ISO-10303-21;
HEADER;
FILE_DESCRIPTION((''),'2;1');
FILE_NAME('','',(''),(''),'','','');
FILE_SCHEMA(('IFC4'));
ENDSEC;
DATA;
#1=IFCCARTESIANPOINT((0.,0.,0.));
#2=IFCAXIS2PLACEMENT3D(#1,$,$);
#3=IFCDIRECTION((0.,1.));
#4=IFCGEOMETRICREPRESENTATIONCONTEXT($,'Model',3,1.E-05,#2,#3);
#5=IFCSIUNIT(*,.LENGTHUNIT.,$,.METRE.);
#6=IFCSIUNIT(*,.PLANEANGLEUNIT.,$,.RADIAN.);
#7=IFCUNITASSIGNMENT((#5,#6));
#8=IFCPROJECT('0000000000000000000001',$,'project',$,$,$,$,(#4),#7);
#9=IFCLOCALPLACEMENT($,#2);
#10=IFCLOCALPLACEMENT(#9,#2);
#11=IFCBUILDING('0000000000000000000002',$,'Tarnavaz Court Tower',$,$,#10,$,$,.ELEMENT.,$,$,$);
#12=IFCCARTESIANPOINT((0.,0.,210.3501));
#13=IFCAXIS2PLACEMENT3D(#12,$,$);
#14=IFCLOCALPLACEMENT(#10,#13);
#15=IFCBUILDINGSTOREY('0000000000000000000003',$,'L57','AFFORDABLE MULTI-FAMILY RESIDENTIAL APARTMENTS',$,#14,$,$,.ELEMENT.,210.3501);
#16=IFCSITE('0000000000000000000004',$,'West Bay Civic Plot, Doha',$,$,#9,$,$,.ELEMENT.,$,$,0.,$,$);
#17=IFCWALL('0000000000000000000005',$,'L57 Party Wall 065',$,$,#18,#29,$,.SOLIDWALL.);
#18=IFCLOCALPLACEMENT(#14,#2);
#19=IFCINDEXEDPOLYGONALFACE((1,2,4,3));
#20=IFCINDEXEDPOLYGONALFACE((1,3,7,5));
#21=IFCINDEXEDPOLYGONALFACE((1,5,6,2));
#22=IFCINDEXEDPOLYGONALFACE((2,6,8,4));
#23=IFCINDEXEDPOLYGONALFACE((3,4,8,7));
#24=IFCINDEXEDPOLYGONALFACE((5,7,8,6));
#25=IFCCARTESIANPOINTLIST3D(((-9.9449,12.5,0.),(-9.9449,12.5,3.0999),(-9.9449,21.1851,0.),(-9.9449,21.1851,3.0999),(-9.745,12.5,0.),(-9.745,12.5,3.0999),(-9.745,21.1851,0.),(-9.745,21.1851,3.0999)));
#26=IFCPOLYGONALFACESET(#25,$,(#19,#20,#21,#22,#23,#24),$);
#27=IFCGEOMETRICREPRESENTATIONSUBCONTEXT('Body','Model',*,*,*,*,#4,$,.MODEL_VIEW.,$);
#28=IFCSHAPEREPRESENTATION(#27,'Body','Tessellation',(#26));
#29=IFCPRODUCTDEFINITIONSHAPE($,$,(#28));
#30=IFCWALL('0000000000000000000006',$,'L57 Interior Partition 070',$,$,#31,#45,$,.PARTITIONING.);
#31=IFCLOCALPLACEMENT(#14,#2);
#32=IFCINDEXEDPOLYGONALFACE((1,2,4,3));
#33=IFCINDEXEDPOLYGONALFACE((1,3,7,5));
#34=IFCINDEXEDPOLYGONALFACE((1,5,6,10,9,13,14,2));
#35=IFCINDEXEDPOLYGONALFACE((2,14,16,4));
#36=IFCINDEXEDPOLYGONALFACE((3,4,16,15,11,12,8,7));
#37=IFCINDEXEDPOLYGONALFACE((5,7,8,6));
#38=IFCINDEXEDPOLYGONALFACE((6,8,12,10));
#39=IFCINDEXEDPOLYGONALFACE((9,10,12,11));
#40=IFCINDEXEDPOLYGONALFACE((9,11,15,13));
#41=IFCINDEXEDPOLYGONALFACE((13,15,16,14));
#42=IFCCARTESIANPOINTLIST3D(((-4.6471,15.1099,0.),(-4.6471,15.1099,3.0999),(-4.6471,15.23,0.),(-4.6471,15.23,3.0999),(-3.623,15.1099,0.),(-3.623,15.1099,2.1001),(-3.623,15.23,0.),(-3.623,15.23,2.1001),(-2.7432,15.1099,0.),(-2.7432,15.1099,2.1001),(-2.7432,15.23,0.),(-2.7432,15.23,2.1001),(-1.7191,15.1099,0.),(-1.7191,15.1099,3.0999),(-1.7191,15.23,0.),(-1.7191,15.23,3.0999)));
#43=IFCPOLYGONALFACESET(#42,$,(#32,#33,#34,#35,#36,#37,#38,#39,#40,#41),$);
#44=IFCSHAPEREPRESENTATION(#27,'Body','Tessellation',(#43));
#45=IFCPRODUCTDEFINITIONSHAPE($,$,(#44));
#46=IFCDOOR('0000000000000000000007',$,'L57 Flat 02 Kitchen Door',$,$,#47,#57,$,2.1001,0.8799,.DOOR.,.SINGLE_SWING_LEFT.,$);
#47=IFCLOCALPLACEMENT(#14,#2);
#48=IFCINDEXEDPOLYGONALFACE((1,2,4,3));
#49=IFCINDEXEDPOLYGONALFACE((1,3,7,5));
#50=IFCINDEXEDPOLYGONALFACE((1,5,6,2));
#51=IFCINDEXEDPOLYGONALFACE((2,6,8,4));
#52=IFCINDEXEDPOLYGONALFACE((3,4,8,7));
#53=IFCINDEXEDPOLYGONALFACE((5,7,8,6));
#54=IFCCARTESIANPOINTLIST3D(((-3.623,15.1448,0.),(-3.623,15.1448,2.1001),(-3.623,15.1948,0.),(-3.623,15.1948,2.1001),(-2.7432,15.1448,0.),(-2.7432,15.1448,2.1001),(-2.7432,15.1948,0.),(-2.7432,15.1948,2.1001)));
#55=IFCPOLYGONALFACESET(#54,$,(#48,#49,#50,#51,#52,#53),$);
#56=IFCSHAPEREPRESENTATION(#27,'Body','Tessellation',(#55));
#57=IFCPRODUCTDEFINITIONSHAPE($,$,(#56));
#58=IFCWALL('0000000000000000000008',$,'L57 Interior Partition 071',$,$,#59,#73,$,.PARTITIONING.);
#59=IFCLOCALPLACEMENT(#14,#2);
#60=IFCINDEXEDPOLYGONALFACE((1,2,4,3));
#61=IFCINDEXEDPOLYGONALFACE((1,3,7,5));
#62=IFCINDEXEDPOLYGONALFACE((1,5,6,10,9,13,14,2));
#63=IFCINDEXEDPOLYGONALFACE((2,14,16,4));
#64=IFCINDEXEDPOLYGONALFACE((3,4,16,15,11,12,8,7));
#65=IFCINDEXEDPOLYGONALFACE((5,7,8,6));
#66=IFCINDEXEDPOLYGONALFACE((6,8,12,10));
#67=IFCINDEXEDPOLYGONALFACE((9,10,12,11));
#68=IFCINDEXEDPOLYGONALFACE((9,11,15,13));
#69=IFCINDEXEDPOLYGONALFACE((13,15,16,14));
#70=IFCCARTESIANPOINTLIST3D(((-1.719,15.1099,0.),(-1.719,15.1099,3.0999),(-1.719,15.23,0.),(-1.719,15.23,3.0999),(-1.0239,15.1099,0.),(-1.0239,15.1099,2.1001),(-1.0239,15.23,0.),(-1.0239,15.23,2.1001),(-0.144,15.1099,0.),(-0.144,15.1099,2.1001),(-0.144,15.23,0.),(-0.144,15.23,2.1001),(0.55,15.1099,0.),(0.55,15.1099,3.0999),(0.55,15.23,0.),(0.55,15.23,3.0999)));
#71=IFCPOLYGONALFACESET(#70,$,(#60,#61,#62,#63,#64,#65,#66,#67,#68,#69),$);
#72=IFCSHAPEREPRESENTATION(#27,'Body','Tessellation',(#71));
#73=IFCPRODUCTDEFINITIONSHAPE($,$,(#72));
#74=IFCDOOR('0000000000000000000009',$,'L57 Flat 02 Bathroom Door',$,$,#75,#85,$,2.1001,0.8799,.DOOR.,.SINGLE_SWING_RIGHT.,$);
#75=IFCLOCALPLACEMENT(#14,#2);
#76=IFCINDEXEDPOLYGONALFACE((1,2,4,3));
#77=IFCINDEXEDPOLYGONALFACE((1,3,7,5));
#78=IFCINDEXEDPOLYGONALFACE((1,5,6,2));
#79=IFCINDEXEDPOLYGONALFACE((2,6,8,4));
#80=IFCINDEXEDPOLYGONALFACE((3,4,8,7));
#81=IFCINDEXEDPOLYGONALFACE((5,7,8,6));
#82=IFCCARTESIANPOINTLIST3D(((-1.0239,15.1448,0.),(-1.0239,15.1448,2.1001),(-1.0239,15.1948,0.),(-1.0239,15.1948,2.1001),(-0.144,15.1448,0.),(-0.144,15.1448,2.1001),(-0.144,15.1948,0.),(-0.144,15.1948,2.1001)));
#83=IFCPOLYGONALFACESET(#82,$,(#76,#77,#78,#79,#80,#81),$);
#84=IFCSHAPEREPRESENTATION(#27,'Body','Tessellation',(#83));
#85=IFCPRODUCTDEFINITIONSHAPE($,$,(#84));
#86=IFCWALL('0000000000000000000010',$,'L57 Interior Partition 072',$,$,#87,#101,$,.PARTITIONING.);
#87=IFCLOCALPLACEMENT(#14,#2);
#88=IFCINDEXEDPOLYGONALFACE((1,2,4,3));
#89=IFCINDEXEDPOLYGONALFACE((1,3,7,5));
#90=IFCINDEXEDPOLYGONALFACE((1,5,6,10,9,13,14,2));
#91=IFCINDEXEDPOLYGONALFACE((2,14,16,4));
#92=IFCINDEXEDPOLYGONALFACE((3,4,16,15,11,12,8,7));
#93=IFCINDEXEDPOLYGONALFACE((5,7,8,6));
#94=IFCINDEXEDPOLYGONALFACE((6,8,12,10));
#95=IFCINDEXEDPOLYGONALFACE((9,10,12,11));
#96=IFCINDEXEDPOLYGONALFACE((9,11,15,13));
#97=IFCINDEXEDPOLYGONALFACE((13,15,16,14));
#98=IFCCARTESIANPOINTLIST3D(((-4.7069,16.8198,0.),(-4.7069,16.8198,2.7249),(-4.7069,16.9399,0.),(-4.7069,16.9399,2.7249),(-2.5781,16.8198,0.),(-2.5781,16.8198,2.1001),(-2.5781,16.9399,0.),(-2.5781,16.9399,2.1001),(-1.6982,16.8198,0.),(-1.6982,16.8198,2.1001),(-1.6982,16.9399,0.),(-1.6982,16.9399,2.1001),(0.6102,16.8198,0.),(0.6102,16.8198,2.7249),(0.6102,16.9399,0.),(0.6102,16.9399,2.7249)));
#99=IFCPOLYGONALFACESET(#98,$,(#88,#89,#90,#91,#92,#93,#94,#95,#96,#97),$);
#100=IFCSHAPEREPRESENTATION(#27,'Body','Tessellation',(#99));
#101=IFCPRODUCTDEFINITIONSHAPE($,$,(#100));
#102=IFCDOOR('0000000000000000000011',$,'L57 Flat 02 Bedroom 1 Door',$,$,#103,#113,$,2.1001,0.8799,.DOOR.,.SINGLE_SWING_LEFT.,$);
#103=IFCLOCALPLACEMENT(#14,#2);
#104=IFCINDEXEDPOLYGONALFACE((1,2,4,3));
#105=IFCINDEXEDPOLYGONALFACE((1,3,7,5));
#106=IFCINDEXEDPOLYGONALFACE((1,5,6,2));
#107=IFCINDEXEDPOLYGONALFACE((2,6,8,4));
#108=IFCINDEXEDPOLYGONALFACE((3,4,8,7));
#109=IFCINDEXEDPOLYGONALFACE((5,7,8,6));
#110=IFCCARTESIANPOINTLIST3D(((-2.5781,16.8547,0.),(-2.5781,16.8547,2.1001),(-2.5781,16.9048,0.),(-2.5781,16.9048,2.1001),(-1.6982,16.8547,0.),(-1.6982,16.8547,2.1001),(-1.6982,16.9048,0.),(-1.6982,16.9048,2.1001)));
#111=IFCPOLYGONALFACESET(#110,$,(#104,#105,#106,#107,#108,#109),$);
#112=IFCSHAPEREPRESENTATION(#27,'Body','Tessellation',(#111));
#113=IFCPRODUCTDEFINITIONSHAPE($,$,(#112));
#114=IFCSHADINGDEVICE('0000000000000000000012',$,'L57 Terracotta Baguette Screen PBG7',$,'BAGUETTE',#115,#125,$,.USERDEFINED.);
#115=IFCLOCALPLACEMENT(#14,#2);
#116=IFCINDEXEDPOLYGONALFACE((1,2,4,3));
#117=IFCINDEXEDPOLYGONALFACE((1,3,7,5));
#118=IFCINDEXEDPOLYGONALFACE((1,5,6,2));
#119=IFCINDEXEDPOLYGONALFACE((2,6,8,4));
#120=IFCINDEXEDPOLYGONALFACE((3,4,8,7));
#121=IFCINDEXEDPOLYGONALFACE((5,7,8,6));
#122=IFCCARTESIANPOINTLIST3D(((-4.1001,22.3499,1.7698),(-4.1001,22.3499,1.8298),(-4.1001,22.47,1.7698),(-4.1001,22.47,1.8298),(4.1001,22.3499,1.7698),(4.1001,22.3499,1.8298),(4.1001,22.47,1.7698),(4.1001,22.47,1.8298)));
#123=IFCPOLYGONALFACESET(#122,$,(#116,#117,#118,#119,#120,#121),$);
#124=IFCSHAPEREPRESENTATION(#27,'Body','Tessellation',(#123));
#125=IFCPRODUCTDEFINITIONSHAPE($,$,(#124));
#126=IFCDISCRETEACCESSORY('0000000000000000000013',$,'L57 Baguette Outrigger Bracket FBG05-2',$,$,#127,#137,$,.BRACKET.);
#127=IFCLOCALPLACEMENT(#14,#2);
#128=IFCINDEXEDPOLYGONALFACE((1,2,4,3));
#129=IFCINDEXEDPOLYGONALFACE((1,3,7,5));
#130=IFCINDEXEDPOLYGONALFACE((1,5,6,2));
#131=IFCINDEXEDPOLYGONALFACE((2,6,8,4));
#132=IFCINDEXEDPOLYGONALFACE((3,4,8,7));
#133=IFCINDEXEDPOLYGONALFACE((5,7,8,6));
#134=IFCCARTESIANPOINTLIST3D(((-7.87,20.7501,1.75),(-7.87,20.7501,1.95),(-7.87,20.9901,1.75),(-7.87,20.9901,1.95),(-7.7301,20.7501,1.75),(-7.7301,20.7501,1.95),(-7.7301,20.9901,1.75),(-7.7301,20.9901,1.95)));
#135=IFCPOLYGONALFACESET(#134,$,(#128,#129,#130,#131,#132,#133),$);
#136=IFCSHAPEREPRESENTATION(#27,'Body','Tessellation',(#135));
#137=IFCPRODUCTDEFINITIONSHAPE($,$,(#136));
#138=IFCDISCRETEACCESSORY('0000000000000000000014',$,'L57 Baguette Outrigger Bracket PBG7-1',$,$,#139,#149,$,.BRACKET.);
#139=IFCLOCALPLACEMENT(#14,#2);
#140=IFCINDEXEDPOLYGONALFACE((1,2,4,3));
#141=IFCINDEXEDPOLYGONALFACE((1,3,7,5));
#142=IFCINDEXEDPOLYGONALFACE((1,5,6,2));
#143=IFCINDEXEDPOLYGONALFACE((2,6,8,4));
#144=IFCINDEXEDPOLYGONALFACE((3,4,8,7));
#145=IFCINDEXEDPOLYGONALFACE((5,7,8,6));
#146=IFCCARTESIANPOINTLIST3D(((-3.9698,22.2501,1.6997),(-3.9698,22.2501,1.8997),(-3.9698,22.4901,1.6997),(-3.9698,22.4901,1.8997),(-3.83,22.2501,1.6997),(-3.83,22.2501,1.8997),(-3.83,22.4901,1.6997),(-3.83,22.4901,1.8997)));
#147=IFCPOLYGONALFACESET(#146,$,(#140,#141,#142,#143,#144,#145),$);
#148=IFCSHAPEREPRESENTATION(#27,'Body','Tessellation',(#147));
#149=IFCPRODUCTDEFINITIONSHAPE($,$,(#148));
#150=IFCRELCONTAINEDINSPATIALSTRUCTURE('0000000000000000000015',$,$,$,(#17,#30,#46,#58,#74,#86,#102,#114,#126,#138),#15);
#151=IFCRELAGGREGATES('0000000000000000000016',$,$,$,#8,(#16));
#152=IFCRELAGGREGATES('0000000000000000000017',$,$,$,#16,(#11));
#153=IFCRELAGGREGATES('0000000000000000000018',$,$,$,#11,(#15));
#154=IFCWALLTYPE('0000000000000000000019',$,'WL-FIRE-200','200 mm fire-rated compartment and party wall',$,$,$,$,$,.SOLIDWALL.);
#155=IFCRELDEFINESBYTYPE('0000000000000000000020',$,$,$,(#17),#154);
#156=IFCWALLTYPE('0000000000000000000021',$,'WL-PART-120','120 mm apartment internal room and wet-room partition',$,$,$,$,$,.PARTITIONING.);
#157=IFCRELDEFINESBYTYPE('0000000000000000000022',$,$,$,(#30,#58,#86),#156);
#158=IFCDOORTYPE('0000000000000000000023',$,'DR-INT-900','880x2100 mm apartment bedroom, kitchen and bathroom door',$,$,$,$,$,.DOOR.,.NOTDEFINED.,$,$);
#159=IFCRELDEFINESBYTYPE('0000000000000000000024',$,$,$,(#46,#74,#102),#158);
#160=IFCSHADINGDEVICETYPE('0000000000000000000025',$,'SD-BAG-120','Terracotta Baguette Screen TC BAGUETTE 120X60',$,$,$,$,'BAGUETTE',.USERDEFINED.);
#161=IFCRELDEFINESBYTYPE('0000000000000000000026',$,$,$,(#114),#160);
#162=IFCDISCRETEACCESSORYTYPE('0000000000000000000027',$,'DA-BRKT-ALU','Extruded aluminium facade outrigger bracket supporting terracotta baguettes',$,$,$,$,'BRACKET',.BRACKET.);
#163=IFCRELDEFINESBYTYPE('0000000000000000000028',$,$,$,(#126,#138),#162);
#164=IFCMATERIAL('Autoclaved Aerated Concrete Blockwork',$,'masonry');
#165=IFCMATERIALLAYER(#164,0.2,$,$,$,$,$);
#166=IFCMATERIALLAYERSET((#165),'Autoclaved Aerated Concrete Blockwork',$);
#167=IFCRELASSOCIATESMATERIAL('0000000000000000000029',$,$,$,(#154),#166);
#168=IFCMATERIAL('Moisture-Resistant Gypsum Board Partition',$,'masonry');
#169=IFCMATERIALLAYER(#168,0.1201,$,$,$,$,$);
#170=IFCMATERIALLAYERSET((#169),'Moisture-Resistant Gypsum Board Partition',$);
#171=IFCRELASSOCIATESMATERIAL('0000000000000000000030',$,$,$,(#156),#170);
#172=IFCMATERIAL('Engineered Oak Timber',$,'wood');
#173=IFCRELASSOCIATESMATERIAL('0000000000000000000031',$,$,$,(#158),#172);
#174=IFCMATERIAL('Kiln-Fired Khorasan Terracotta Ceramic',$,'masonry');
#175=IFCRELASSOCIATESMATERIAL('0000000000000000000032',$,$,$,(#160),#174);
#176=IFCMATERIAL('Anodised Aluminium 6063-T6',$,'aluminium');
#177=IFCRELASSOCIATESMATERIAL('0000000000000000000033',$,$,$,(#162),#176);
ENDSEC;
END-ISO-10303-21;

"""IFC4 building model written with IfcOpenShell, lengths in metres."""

from ifc_helpers import new_model, si_unit, direction, frame, frame_2d, origin, origin_2d, place, context, subcontext, project, spatial, rectangle, extrude, material, layer, layer_set, material_profile, profile_set, type_object, element, fill, save


model = new_model("IFC4")

# Units and contexts
model_context = context("Model", 3, precision=1e-05, world=origin(), true_north=direction((0.0, 1.0)))
body_context = subcontext(model_context, "Body", "Model", "MODEL_VIEW")
ifc_project = project(units=[si_unit("LENGTHUNIT", "METRE"), si_unit("PLANEANGLEUNIT", "RADIAN")], contexts=[model_context])

# Site, building, storey
site_placement = place(None, origin())
site = spatial("IfcSite", under=ifc_project, at=site_placement, Name="West Bay Civic Plot, Doha", CompositionType="ELEMENT", RefElevation=0.0)
building_placement = place(site_placement, origin())
building = spatial("IfcBuilding", under=site, at=building_placement, Name="Tarnavaz Court Tower", CompositionType="ELEMENT")
storey_placement = place(building_placement, frame((0.0, 0.0, 210.3501)))
storey = spatial("IfcBuildingStorey", under=building, at=storey_placement, Name="L57", Description="AFFORDABLE MULTI-FAMILY RESIDENTIAL APARTMENTS", CompositionType="ELEMENT", Elevation=210.3501)

# Shared definitions
ifc_material_1 = material(Name="Anodised Aluminium 6063-T6", Category="aluminium")

# Wall
ifc_material_2 = material(Name="Autoclaved Aerated Concrete Blockwork", Category="masonry")
ifc_layer_1 = layer(ifc_material_2, 0.2)
ifc_layer_set_1 = layer_set([ifc_layer_1], Name="Autoclaved Aerated Concrete Blockwork")
wall_type_1 = type_object("IfcWallType", Name="WL-FIRE-200", Description="200 mm fire-rated compartment and party wall", PredefinedType="SOLIDWALL", material=ifc_layer_set_1)
wall_1_placement = place(storey_placement, frame((-9.845, 12.5, 0.0), z_axis=(0.0, 0.0, 1.0), x_axis=(0.0, 1.0, 0.0)))
element("IfcWall", 1, at=wall_1_placement, inside=storey, type_object=wall_type_1, Name="L57 Party Wall 065", PredefinedType="SOLIDWALL", context=body_context, shape_type="SweptSolid", body=[
    extrude(rectangle(XDim=8.6851, YDim=0.2, at=frame_2d((4.3425, 0.0))), origin(), (0.0, 0.0, 1.0), 3.0999),
])

# Walls, openings, doors
ifc_material_3 = material(Name="Moisture-Resistant Gypsum Board Partition", Category="masonry")
ifc_layer_2 = layer(ifc_material_3, 0.1201)
ifc_layer_set_2 = layer_set([ifc_layer_2], Name="Moisture-Resistant Gypsum Board Partition")
wall_type_2 = type_object("IfcWallType", Name="WL-PART-120", Description="120 mm apartment internal room and wet-room partition", PredefinedType="PARTITIONING", material=ifc_layer_set_2)
wall_2_placement = place(storey_placement, frame((-4.647, 15.1699, 0.0), z_axis=(0.0, 0.0, 1.0), x_axis=(1.0, 0.0, 0.0)))
wall_2 = element("IfcWall", 2, at=wall_2_placement, inside=storey, type_object=wall_type_2, Name="L57 Interior Partition 070", PredefinedType="PARTITIONING", context=body_context, shape_type="SweptSolid", body=[
    extrude(rectangle(XDim=2.928, YDim=0.1201, at=frame_2d((1.4639, 0.0))), origin(), (0.0, 0.0, 1.0), 3.0999),
])
opening_1_placement = place(wall_2_placement, frame((1.0239, 0.0, 0.0)))
opening_1 = element("IfcOpeningElement", 3, at=opening_1_placement, cuts=wall_2, PredefinedType="OPENING", context=body_context, shape_type="SweptSolid", body=[
    extrude(rectangle(XDim=0.8799, YDim=2.1001, at=frame_2d((0.4399, 1.05))), frame((0.0, 0.0701, 0.0), z_axis=(0.0, -1.0, 0.0), x_axis=(1.0, 0.0, 0.0)), (0.0, 0.0, 1.0), 0.1401),
])
ifc_material_4 = material(Name="Engineered Oak Timber", Category="wood")
door_type = type_object("IfcDoorType", Name="DR-INT-900", Description="880x2100 mm apartment bedroom, kitchen and bathroom door", OperationType="NOTDEFINED", PredefinedType="DOOR", material=ifc_material_4)
door_1_placement = place(opening_1_placement, origin())
door_1 = element("IfcDoor", 4, at=door_1_placement, inside=storey, type_object=door_type, Name="L57 Flat 02 Kitchen Door", OperationType="SINGLE_SWING_LEFT", OverallHeight=2.1001, OverallWidth=0.8799, PredefinedType="DOOR", context=body_context, shape_type="SweptSolid", body=[
    extrude(rectangle(XDim=0.8799, YDim=2.1001, at=frame_2d((0.4399, 1.05))), frame((0.0, 0.0249, 0.0), z_axis=(0.0, -1.0, 0.0), x_axis=(1.0, 0.0, 0.0)), (0.0, 0.0, 1.0), 0.05),
])
fill(opening_1, door_1)
wall_3_placement = place(storey_placement, frame((-1.719, 15.1699, 0.0), z_axis=(0.0, 0.0, 1.0), x_axis=(1.0, 0.0, 0.0)))
wall_3 = element("IfcWall", 5, at=wall_3_placement, inside=storey, type_object=wall_type_2, Name="L57 Interior Partition 071", PredefinedType="PARTITIONING", context=body_context, shape_type="SweptSolid", body=[
    extrude(rectangle(XDim=2.269, YDim=0.1201, at=frame_2d((1.1345, 0.0))), origin(), (0.0, 0.0, 1.0), 3.0999),
])
opening_2_placement = place(wall_3_placement, frame((0.6951, 0.0, 0.0)))
opening_2 = element("IfcOpeningElement", 6, at=opening_2_placement, cuts=wall_3, PredefinedType="OPENING", context=body_context, shape_type="SweptSolid", body=[
    extrude(rectangle(XDim=0.8799, YDim=2.1001, at=frame_2d((0.4399, 1.05))), frame((0.0, 0.0701, 0.0), z_axis=(0.0, -1.0, 0.0), x_axis=(1.0, 0.0, 0.0)), (0.0, 0.0, 1.0), 0.1401),
])
door_2_placement = place(opening_2_placement, origin())
door_2 = element("IfcDoor", 7, at=door_2_placement, inside=storey, type_object=door_type, Name="L57 Flat 02 Bathroom Door", OperationType="SINGLE_SWING_RIGHT", OverallHeight=2.1001, OverallWidth=0.8799, PredefinedType="DOOR", context=body_context, shape_type="SweptSolid", body=[
    extrude(rectangle(XDim=0.8799, YDim=2.1001, at=frame_2d((0.4399, 1.05))), frame((0.0, 0.0249, 0.0), z_axis=(0.0, -1.0, 0.0), x_axis=(1.0, 0.0, 0.0)), (0.0, 0.0, 1.0), 0.05),
])
fill(opening_2, door_2)
wall_4_placement = place(storey_placement, frame((-4.707, 16.8799, 0.0), z_axis=(0.0, 0.0, 1.0), x_axis=(1.0, 0.0, 0.0)))
wall_4 = element("IfcWall", 8, at=wall_4_placement, inside=storey, type_object=wall_type_2, Name="L57 Interior Partition 072", PredefinedType="PARTITIONING", context=body_context, shape_type="SweptSolid", body=[
    extrude(rectangle(XDim=5.3171, YDim=0.1201, at=frame_2d((2.6587, 0.0))), origin(), (0.0, 0.0, 1.0), 2.7249),
])
opening_3_placement = place(wall_4_placement, frame((2.1289, 0.0, 0.0)))
opening_3 = element("IfcOpeningElement", 9, at=opening_3_placement, cuts=wall_4, PredefinedType="OPENING", context=body_context, shape_type="SweptSolid", body=[
    extrude(rectangle(XDim=0.8799, YDim=2.1001, at=frame_2d((0.4399, 1.05))), frame((0.0, 0.0701, 0.0), z_axis=(0.0, -1.0, 0.0), x_axis=(1.0, 0.0, 0.0)), (0.0, 0.0, 1.0), 0.1401),
])
door_3_placement = place(opening_3_placement, origin())
door_3 = element("IfcDoor", 10, at=door_3_placement, inside=storey, type_object=door_type, Name="L57 Flat 02 Bedroom 1 Door", OperationType="SINGLE_SWING_LEFT", OverallHeight=2.1001, OverallWidth=0.8799, PredefinedType="DOOR", context=body_context, shape_type="SweptSolid", body=[
    extrude(rectangle(XDim=0.8799, YDim=2.1001, at=frame_2d((0.4399, 1.05))), frame((0.0, 0.0249, 0.0), z_axis=(0.0, -1.0, 0.0), x_axis=(1.0, 0.0, 0.0)), (0.0, 0.0, 1.0), 0.05),
])
fill(opening_3, door_3)

# Shading device
ifc_material_5 = material(Name="Kiln-Fired Khorasan Terracotta Ceramic", Category="masonry")
ifc_material_profile_1 = material_profile(ifc_material_5, rectangle(XDim=0.1201, YDim=0.0601, at=origin_2d()), Name="TC BAGUETTE 120X60")
ifc_profile_set_1 = profile_set([ifc_material_profile_1], Name="Kiln-Fired Khorasan Terracotta Ceramic")
shading_device_type = type_object("IfcShadingDeviceType", Name="SD-BAG-120", Description="Terracotta Baguette Screen TC BAGUETTE 120X60", ElementType="BAGUETTE", PredefinedType="USERDEFINED", material=ifc_profile_set_1)
shading_device_placement = place(storey_placement, frame((-4.1001, 22.4099, 1.7998), z_axis=(1.0, 0.0, 0.0), x_axis=(0.0, 1.0, 0.0)))
element("IfcShadingDevice", 11, at=shading_device_placement, inside=storey, type_object=shading_device_type, Name="L57 Terracotta Baguette Screen PBG7", ObjectType="BAGUETTE", PredefinedType="USERDEFINED", context=body_context, shape_type="SweptSolid", body=[
    extrude(rectangle(XDim=0.1201, YDim=0.0601, at=origin_2d()), origin(), (0.0, 0.0, 1.0), 8.2002),
])

# Discrete accessories
discrete_accessory_type = type_object("IfcDiscreteAccessoryType", Name="DA-BRKT-ALU", Description="Extruded aluminium facade outrigger bracket supporting terracotta baguettes", ElementType="BRACKET", PredefinedType="BRACKET", material=ifc_material_1)
for number, where, z_axis, x_axis, name in (
    (12, (-7.8, 20.8701, 1.75), (0.0, 0.0, 1.0), (1.0, 0.0, 0.0), "L57 Baguette Outrigger Bracket FBG05-2"),
    (13, (-3.8999, 22.3701, 1.6997), (0.0, 0.0, 1.0), (1.0, 0.0, 0.0), "L57 Baguette Outrigger Bracket PBG7-1"),
):
    element("IfcDiscreteAccessory", number, at=place(storey_placement, frame(where, z_axis=z_axis, x_axis=x_axis)), inside=storey, type_object=discrete_accessory_type, Name=name, PredefinedType="BRACKET", context=body_context, shape_type="SweptSolid", body=[
        extrude(rectangle(XDim=0.1399, YDim=0.24, at=origin_2d()), origin(), (0.0, 0.0, 1.0), 0.2),
    ])

save(model, "model.ifc")
